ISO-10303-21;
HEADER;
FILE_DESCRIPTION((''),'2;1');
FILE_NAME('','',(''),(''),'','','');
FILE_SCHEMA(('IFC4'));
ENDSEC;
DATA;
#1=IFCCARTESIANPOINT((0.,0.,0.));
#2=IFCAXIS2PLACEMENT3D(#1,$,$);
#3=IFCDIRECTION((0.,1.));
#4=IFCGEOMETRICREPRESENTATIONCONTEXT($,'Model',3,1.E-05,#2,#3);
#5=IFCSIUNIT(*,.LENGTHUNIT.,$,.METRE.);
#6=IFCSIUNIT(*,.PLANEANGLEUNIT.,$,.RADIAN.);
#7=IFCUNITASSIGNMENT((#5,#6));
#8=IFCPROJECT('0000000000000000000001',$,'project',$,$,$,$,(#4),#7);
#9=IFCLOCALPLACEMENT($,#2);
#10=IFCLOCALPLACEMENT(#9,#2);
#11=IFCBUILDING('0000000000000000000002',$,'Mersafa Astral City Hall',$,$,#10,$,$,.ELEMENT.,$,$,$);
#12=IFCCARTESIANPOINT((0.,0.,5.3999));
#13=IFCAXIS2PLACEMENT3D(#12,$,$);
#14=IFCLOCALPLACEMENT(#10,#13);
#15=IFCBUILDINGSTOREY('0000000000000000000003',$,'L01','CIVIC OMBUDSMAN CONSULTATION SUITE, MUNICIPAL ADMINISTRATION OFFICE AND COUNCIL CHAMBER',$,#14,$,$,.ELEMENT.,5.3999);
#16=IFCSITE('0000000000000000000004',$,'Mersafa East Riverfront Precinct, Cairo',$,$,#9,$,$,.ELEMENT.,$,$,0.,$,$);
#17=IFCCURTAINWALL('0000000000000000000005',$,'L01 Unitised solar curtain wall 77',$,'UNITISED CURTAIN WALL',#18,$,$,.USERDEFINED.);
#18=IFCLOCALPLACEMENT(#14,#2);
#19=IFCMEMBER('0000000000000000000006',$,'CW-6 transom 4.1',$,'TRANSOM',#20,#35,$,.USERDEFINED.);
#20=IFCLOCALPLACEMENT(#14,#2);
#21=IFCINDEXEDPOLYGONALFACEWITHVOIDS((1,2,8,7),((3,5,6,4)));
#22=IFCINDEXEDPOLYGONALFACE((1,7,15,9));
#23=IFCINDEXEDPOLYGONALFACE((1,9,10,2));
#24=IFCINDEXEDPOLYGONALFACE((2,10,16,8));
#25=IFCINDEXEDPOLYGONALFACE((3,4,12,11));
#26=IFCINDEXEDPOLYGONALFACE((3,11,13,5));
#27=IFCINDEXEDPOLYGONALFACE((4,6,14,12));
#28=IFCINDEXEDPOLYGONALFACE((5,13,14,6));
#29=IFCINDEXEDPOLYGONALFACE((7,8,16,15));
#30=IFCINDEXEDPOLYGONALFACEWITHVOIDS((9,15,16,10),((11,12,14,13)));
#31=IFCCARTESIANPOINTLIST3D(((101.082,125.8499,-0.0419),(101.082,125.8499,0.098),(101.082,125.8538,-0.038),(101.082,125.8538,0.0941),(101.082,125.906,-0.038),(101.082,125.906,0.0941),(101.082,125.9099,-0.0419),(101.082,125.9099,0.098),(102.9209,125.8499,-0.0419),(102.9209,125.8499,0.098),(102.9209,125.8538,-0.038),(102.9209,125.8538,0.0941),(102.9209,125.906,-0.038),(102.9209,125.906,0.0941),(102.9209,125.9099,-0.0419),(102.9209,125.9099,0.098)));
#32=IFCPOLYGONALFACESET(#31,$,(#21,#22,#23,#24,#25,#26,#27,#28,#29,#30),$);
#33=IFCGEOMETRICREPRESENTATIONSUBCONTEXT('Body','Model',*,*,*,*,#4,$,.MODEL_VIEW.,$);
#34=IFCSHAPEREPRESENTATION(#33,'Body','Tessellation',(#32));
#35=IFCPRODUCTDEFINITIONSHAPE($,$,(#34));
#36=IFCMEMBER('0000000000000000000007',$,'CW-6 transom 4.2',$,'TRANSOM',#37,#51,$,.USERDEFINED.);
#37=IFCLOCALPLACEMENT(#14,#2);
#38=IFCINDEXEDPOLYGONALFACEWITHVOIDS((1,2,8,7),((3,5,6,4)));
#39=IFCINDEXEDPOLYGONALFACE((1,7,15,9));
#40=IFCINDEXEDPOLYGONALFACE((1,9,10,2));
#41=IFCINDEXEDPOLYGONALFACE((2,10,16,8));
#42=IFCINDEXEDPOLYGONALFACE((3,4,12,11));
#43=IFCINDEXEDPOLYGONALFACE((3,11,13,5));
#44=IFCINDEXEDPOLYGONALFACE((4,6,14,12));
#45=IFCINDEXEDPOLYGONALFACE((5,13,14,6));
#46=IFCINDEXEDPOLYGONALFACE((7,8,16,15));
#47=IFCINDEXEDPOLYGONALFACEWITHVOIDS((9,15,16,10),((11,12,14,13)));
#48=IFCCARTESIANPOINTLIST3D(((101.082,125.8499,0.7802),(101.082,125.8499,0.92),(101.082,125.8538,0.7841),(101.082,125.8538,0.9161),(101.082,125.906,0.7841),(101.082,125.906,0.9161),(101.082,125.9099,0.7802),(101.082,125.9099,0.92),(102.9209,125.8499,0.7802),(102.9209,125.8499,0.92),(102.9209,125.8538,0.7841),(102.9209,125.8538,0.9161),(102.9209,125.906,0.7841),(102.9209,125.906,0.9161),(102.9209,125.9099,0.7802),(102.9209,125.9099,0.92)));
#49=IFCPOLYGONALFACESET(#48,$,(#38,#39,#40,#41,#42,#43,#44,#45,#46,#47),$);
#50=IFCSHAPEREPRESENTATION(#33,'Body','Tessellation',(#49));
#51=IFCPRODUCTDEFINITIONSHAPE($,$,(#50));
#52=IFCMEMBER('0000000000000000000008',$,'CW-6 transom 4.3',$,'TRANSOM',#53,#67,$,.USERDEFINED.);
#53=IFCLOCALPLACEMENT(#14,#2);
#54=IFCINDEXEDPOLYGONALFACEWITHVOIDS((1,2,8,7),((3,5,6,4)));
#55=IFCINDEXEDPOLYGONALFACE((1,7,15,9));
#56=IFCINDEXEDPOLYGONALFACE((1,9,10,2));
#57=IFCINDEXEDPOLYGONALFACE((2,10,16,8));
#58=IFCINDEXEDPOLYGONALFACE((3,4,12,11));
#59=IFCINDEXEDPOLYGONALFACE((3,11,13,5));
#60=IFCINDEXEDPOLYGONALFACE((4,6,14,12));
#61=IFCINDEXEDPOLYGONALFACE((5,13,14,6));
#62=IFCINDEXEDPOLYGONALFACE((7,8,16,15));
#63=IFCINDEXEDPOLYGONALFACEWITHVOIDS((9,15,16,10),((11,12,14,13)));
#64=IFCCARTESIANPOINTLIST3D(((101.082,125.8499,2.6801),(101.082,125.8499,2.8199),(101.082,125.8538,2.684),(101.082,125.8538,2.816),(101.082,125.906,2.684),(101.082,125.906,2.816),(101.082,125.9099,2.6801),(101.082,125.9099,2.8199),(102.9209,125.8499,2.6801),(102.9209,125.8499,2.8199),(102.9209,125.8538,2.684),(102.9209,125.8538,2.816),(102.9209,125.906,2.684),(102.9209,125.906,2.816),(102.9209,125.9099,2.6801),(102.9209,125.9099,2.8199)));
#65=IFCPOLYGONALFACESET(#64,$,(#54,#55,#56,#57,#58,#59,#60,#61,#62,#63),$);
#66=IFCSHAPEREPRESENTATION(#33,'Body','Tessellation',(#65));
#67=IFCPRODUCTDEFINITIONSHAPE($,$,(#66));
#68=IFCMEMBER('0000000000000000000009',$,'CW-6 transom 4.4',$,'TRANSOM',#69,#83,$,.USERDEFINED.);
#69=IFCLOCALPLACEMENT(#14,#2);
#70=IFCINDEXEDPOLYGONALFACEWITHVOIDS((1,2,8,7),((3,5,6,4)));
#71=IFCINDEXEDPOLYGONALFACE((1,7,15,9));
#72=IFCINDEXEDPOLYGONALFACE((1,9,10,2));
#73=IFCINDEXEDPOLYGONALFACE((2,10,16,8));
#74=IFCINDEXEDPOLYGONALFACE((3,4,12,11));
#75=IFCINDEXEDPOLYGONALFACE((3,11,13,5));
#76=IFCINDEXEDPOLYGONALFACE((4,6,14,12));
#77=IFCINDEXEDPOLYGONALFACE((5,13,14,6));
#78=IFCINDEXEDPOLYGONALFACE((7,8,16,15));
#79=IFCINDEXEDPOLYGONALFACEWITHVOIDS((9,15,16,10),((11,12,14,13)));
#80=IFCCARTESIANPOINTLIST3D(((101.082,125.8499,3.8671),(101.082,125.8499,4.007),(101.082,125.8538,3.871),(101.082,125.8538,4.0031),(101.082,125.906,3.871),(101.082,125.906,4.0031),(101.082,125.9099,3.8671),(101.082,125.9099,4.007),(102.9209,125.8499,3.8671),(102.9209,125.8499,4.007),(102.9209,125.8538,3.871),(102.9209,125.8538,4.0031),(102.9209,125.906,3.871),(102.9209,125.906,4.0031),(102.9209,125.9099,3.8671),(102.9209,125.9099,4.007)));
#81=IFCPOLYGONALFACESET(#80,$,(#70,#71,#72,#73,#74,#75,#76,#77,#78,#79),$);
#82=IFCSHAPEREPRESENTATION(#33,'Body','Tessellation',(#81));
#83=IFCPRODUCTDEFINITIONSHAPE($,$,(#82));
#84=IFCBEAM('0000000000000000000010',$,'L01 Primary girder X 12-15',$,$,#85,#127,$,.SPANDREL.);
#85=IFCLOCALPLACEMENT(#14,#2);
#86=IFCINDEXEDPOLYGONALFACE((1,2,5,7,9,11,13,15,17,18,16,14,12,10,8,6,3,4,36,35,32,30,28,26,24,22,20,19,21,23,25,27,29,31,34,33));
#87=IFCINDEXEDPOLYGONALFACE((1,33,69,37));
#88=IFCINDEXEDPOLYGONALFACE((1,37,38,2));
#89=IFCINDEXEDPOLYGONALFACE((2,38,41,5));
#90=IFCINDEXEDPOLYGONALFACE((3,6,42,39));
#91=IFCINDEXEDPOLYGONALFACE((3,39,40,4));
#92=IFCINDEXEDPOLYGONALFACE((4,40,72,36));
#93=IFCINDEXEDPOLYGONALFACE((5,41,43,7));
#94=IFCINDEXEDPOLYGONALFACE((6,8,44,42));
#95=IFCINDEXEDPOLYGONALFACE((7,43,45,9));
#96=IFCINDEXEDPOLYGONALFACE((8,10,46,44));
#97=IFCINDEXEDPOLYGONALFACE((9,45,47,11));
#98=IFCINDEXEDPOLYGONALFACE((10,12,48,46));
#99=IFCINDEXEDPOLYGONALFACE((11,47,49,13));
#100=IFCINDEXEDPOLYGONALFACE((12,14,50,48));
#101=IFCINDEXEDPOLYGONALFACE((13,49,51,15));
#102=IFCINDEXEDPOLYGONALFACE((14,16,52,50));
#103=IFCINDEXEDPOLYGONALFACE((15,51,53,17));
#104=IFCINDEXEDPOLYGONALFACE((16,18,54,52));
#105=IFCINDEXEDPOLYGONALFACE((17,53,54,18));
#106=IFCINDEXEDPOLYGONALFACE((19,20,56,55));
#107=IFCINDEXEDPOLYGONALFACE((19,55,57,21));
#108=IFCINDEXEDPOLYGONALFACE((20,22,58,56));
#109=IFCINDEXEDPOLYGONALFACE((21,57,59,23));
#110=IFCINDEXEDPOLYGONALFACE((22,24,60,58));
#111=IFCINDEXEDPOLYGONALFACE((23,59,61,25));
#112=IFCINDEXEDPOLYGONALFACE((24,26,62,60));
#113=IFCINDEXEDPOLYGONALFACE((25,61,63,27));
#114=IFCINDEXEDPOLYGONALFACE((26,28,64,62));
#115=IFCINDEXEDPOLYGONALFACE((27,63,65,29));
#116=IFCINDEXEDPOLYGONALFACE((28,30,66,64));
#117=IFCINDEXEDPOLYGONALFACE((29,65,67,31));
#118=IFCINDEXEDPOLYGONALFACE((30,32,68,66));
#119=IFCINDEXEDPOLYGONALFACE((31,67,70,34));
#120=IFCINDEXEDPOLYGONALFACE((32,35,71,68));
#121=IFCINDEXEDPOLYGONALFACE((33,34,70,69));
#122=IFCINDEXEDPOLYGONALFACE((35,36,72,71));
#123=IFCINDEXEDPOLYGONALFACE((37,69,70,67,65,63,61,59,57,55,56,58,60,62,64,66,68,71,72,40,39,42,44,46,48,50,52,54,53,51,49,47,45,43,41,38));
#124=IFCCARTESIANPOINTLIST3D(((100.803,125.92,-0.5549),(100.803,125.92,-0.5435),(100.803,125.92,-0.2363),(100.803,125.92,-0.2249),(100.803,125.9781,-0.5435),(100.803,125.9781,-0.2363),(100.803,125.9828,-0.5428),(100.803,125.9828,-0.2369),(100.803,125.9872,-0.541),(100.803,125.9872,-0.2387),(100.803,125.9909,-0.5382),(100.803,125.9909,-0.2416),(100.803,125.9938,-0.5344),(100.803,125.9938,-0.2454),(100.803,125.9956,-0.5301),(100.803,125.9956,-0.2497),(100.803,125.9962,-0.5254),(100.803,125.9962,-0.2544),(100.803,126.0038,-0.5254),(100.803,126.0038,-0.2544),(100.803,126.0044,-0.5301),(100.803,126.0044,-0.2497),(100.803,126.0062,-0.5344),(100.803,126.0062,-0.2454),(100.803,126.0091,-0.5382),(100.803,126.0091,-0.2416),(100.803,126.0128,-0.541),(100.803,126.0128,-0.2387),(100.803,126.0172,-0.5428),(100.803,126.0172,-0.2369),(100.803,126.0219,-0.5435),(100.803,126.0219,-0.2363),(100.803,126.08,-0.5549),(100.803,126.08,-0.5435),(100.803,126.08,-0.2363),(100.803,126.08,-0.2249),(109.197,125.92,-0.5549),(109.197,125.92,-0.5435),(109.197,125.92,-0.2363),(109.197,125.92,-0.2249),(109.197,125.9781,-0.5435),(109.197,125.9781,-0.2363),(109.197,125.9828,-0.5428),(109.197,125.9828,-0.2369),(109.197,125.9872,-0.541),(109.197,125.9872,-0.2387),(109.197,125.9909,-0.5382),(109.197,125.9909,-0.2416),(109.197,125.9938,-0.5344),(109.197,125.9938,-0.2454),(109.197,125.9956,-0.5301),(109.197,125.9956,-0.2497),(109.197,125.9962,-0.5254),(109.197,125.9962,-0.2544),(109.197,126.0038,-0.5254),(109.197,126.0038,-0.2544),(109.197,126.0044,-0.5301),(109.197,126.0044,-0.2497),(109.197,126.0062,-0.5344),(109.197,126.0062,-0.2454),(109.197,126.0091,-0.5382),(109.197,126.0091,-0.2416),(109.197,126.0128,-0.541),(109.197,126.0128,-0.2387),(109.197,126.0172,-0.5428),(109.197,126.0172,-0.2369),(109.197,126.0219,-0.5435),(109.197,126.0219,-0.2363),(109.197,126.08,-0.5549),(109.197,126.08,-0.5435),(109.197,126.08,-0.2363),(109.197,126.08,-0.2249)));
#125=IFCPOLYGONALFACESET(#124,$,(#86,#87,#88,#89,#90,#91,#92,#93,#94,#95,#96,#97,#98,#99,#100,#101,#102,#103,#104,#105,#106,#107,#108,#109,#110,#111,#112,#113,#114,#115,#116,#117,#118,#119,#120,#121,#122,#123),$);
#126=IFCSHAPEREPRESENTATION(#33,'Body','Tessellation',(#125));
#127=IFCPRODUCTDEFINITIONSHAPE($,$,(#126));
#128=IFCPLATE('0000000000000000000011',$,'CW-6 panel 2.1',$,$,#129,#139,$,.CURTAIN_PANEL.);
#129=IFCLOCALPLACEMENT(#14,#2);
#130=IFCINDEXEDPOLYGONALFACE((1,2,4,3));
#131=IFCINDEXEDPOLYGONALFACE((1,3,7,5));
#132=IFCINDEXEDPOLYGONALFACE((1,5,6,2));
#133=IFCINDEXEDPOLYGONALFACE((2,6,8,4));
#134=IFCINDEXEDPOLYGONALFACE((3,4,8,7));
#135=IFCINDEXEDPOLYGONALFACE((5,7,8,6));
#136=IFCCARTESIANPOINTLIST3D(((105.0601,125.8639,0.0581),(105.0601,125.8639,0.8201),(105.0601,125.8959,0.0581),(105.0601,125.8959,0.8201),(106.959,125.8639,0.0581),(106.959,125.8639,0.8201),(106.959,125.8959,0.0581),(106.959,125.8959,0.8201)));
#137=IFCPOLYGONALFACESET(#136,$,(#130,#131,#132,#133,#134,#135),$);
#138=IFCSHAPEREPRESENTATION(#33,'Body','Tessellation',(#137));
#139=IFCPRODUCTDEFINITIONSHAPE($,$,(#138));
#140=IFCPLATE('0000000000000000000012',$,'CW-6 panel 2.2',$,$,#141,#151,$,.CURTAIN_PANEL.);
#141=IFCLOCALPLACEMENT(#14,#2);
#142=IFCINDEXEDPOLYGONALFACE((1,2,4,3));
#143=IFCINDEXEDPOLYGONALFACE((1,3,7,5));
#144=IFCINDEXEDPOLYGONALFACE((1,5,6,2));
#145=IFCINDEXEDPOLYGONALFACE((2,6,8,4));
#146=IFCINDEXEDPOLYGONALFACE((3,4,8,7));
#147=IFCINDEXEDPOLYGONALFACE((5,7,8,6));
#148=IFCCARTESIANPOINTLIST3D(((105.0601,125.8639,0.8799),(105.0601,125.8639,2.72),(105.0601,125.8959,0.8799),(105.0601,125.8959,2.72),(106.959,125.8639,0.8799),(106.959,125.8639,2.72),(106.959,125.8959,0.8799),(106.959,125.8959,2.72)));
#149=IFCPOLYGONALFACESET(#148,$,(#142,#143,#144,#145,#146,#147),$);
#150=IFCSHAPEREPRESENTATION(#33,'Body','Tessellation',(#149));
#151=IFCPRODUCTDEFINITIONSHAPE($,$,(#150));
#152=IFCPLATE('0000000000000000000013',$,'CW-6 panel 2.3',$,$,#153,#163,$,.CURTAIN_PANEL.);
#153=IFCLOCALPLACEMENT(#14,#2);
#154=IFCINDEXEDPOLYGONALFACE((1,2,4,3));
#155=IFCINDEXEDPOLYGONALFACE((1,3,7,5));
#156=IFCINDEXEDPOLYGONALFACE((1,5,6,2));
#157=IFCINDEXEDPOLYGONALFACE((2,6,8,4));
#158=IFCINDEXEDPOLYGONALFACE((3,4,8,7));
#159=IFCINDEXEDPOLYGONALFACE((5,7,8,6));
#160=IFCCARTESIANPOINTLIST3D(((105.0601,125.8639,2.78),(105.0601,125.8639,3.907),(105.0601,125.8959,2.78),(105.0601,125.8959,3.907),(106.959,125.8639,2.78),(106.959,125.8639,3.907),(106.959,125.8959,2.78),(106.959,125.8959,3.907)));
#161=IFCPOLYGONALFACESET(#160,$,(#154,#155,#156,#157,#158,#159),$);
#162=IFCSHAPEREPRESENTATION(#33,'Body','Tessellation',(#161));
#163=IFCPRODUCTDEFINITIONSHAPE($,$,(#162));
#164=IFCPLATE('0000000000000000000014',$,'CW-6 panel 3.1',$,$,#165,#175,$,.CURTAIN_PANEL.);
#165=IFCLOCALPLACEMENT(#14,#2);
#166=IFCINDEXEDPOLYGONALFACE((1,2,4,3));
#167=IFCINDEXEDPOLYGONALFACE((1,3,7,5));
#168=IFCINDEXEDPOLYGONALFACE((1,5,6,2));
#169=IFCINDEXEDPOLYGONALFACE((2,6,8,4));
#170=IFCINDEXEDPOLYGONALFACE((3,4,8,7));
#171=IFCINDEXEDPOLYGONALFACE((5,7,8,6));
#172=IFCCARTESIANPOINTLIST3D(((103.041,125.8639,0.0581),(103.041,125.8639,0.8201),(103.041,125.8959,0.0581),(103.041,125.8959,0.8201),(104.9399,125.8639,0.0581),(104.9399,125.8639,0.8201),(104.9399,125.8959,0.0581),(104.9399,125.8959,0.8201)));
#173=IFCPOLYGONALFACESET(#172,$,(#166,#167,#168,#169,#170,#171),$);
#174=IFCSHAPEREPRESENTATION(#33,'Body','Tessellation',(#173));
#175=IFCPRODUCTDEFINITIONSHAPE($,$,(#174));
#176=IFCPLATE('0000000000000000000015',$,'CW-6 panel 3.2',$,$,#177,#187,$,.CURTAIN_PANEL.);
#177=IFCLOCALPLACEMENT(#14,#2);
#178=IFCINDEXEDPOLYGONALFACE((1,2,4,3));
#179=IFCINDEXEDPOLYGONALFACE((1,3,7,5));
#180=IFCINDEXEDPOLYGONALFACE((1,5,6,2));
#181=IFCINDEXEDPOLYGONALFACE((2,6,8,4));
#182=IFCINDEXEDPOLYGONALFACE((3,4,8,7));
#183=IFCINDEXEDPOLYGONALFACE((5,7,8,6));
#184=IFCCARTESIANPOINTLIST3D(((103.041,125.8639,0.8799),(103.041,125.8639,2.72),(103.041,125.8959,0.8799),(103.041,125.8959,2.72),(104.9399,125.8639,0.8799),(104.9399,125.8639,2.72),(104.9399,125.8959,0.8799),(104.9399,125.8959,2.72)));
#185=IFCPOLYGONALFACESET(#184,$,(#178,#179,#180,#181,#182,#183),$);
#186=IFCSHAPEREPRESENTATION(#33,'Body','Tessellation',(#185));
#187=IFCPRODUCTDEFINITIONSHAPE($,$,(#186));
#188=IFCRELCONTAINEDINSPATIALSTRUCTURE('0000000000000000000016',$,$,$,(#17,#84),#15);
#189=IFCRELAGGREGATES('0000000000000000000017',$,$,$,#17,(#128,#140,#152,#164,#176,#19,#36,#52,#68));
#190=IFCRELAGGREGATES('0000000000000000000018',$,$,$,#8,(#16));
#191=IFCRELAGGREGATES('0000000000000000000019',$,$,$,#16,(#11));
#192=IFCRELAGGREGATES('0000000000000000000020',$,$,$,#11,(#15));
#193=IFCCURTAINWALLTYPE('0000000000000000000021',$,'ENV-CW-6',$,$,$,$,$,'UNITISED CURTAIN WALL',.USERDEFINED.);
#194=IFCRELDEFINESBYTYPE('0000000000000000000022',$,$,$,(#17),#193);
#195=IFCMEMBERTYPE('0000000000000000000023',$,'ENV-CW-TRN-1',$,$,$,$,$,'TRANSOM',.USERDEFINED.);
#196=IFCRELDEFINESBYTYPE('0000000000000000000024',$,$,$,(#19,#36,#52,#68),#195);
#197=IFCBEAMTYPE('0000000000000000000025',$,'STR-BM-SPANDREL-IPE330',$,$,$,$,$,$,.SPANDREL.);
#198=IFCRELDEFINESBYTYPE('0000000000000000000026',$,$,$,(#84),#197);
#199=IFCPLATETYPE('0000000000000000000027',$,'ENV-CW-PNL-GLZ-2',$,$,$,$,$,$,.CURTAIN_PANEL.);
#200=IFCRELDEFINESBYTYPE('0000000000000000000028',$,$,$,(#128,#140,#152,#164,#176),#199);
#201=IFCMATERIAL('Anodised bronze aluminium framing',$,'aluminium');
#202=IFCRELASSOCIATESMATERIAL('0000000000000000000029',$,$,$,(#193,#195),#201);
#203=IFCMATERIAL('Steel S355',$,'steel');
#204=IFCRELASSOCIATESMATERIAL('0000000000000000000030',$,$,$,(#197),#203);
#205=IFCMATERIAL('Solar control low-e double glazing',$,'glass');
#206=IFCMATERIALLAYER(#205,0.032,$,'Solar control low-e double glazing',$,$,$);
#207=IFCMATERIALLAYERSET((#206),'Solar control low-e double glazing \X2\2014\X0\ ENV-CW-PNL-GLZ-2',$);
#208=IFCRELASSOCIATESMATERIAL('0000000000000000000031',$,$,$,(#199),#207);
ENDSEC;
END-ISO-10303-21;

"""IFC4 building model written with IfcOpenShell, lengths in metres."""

from ifc_helpers import new_model, si_unit, direction, frame, origin, origin_2d, place, context, subcontext, project, spatial, rectangle, hollow_rectangle, i_section, extrude, material, layer, layer_set, material_profile, profile_set, type_object, element, aggregate, save


model = new_model("IFC4")

# Units and contexts
model_context = context("Model", 3, precision=1e-05, world=origin(), true_north=direction((0.0, 1.0)))
body_context = subcontext(model_context, "Body", "Model", "MODEL_VIEW")
ifc_project = project(units=[si_unit("LENGTHUNIT", "METRE"), si_unit("PLANEANGLEUNIT", "RADIAN")], contexts=[model_context])

# Site, building, storey
site_placement = place(None, origin())
site = spatial("IfcSite", under=ifc_project, at=site_placement, Name="Mersafa East Riverfront Precinct, Cairo", CompositionType="ELEMENT", RefElevation=0.0)
building_placement = place(site_placement, origin())
building = spatial("IfcBuilding", under=site, at=building_placement, Name="Mersafa Astral City Hall", CompositionType="ELEMENT")
storey_placement = place(building_placement, frame((0.0, 0.0, 5.3999)))
storey = spatial("IfcBuildingStorey", under=building, at=storey_placement, Name="L01", Description="CIVIC OMBUDSMAN CONSULTATION SUITE, MUNICIPAL ADMINISTRATION OFFICE AND COUNCIL CHAMBER", CompositionType="ELEMENT", Elevation=5.3999)

# Shared definitions
ifc_material_1 = material(Name="Steel S355", Category="steel")

# Curtain wall
ifc_material_2 = material(Name="Anodised bronze aluminium framing", Category="aluminium")
curtain_wall_type_1 = type_object("IfcCurtainWallType", Name="ENV-CW-6", ElementType="UNITISED CURTAIN WALL", PredefinedType="USERDEFINED", material=ifc_material_2)
curtain_wall_1_placement = place(storey_placement, origin())
curtain_wall_1 = element("IfcCurtainWall", 1, at=curtain_wall_1_placement, inside=storey, type_object=curtain_wall_type_1, Name="L01 Unitised solar curtain wall 77", ObjectType="UNITISED CURTAIN WALL", PredefinedType="USERDEFINED")

# Members
ifc_material_profile_1 = material_profile(ifc_material_2, hollow_rectangle(XDim=0.0601, YDim=0.1399, WallThickness=0.0039, at=origin_2d()), Name="RHS 60x140x4")
ifc_profile_set_1 = profile_set([ifc_material_profile_1], Name="Anodised bronze aluminium framing")
member_type_1 = type_object("IfcMemberType", Name="ENV-CW-TRN-1", ElementType="TRANSOM", PredefinedType="USERDEFINED", material=ifc_profile_set_1)
member_1_placement = place(storey_placement, frame((102.9209, 125.8799, 0.0281), z_axis=(-1.0, 0.0, 0.0), x_axis=(0.0, -1.0, 0.0)))
member_1 = element("IfcMember", 2, at=member_1_placement, type_object=member_type_1, Name="CW-6 transom 4.1", ObjectType="TRANSOM", PredefinedType="USERDEFINED", context=body_context, shape_type="SweptSolid", body=[
    extrude(hollow_rectangle(XDim=0.0601, YDim=0.1399, WallThickness=0.0039, at=origin_2d()), origin(), (0.0, 0.0, 1.0), 1.8389),
])
member_2_placement = place(storey_placement, frame((102.9209, 125.8799, 0.8501), z_axis=(-1.0, 0.0, 0.0), x_axis=(0.0, -1.0, 0.0)))
member_2 = element("IfcMember", 3, at=member_2_placement, type_object=member_type_1, Name="CW-6 transom 4.2", ObjectType="TRANSOM", PredefinedType="USERDEFINED", context=body_context, shape_type="SweptSolid", body=[
    extrude(hollow_rectangle(XDim=0.0601, YDim=0.1399, WallThickness=0.0039, at=origin_2d()), origin(), (0.0, 0.0, 1.0), 1.8389),
])
member_3_placement = place(storey_placement, frame((102.9209, 125.8799, 2.75), z_axis=(-1.0, 0.0, 0.0), x_axis=(0.0, -1.0, 0.0)))
member_3 = element("IfcMember", 4, at=member_3_placement, type_object=member_type_1, Name="CW-6 transom 4.3", ObjectType="TRANSOM", PredefinedType="USERDEFINED", context=body_context, shape_type="SweptSolid", body=[
    extrude(hollow_rectangle(XDim=0.0601, YDim=0.1399, WallThickness=0.0039, at=origin_2d()), origin(), (0.0, 0.0, 1.0), 1.8389),
])
member_4_placement = place(storey_placement, frame((102.9209, 125.8799, 3.937), z_axis=(-1.0, 0.0, 0.0), x_axis=(0.0, -1.0, 0.0)))
member_4 = element("IfcMember", 5, at=member_4_placement, type_object=member_type_1, Name="CW-6 transom 4.4", ObjectType="TRANSOM", PredefinedType="USERDEFINED", context=body_context, shape_type="SweptSolid", body=[
    extrude(hollow_rectangle(XDim=0.0601, YDim=0.1399, WallThickness=0.0039, at=origin_2d()), origin(), (0.0, 0.0, 1.0), 1.8389),
])

# Beam
ifc_material_profile_2 = material_profile(ifc_material_1, i_section(OverallWidth=0.1599, OverallDepth=0.3301, WebThickness=0.0076, FlangeThickness=0.0115, FilletRadius=0.0181, at=origin_2d()), Name="IPE 330")
ifc_profile_set_2 = profile_set([ifc_material_profile_2], Name="Steel S355")
beam_type = type_object("IfcBeamType", Name="STR-BM-SPANDREL-IPE330", PredefinedType="SPANDREL", material=ifc_profile_set_2)
beam_placement = place(storey_placement, frame((100.803, 126.0, -0.3899), z_axis=(1.0, 0.0, 0.0), x_axis=(0.0, 1.0, 0.0)))
element("IfcBeam", 6, at=beam_placement, inside=storey, type_object=beam_type, Name="L01 Primary girder X 12-15", PredefinedType="SPANDREL", context=body_context, shape_type="SweptSolid", body=[
    extrude(i_section(OverallWidth=0.1599, OverallDepth=0.3301, WebThickness=0.0076, FlangeThickness=0.0115, FilletRadius=0.0181, at=origin_2d()), origin(), (0.0, 0.0, 1.0), 8.394),
])

# Plates
ifc_material_3 = material(Name="Solar control low-e double glazing", Category="glass")
ifc_layer = layer(ifc_material_3, 0.032, Name="Solar control low-e double glazing")
ifc_layer_set = layer_set([ifc_layer], Name="Solar control low-e double glazing — ENV-CW-PNL-GLZ-2")
plate_type = type_object("IfcPlateType", Name="ENV-CW-PNL-GLZ-2", PredefinedType="CURTAIN_PANEL", material=ifc_layer_set)
plate_1_placement = place(storey_placement, frame((106.0095, 125.8799, 0.0581), z_axis=(0.0, 0.0, 1.0), x_axis=(-1.0, 0.0, 0.0)))
plate_1 = element("IfcPlate", 7, at=plate_1_placement, type_object=plate_type, Name="CW-6 panel 2.1", PredefinedType="CURTAIN_PANEL", context=body_context, shape_type="SweptSolid", body=[
    extrude(rectangle(XDim=1.8989, YDim=0.032, at=origin_2d()), origin(), (0.0, 0.0, 1.0), 0.762),
])
plate_2_placement = place(storey_placement, frame((106.0095, 125.8799, 0.8799), z_axis=(0.0, 0.0, 1.0), x_axis=(-1.0, 0.0, 0.0)))
plate_2 = element("IfcPlate", 8, at=plate_2_placement, type_object=plate_type, Name="CW-6 panel 2.2", PredefinedType="CURTAIN_PANEL", context=body_context, shape_type="SweptSolid", body=[
    extrude(rectangle(XDim=1.8989, YDim=0.032, at=origin_2d()), origin(), (0.0, 0.0, 1.0), 1.8401),
])
plate_3_placement = place(storey_placement, frame((106.0095, 125.8799, 2.78), z_axis=(0.0, 0.0, 1.0), x_axis=(-1.0, 0.0, 0.0)))
plate_3 = element("IfcPlate", 9, at=plate_3_placement, type_object=plate_type, Name="CW-6 panel 2.3", PredefinedType="CURTAIN_PANEL", context=body_context, shape_type="SweptSolid", body=[
    extrude(rectangle(XDim=1.8989, YDim=0.032, at=origin_2d()), origin(), (0.0, 0.0, 1.0), 1.127),
])
plate_4_placement = place(storey_placement, frame((103.9905, 125.8799, 0.0581), z_axis=(0.0, 0.0, 1.0), x_axis=(-1.0, 0.0, 0.0)))
plate_4 = element("IfcPlate", 10, at=plate_4_placement, type_object=plate_type, Name="CW-6 panel 3.1", PredefinedType="CURTAIN_PANEL", context=body_context, shape_type="SweptSolid", body=[
    extrude(rectangle(XDim=1.8989, YDim=0.032, at=origin_2d()), origin(), (0.0, 0.0, 1.0), 0.762),
])
plate_5_placement = place(storey_placement, frame((103.9905, 125.8799, 0.8799), z_axis=(0.0, 0.0, 1.0), x_axis=(-1.0, 0.0, 0.0)))
plate_5 = element("IfcPlate", 11, at=plate_5_placement, type_object=plate_type, Name="CW-6 panel 3.2", PredefinedType="CURTAIN_PANEL", context=body_context, shape_type="SweptSolid", body=[
    extrude(rectangle(XDim=1.8989, YDim=0.032, at=origin_2d()), origin(), (0.0, 0.0, 1.0), 1.8401),
])
aggregate(curtain_wall_1, [plate_1, plate_2, plate_3, plate_4, plate_5, member_1, member_2, member_3, member_4])

save(model, "model.ifc")
